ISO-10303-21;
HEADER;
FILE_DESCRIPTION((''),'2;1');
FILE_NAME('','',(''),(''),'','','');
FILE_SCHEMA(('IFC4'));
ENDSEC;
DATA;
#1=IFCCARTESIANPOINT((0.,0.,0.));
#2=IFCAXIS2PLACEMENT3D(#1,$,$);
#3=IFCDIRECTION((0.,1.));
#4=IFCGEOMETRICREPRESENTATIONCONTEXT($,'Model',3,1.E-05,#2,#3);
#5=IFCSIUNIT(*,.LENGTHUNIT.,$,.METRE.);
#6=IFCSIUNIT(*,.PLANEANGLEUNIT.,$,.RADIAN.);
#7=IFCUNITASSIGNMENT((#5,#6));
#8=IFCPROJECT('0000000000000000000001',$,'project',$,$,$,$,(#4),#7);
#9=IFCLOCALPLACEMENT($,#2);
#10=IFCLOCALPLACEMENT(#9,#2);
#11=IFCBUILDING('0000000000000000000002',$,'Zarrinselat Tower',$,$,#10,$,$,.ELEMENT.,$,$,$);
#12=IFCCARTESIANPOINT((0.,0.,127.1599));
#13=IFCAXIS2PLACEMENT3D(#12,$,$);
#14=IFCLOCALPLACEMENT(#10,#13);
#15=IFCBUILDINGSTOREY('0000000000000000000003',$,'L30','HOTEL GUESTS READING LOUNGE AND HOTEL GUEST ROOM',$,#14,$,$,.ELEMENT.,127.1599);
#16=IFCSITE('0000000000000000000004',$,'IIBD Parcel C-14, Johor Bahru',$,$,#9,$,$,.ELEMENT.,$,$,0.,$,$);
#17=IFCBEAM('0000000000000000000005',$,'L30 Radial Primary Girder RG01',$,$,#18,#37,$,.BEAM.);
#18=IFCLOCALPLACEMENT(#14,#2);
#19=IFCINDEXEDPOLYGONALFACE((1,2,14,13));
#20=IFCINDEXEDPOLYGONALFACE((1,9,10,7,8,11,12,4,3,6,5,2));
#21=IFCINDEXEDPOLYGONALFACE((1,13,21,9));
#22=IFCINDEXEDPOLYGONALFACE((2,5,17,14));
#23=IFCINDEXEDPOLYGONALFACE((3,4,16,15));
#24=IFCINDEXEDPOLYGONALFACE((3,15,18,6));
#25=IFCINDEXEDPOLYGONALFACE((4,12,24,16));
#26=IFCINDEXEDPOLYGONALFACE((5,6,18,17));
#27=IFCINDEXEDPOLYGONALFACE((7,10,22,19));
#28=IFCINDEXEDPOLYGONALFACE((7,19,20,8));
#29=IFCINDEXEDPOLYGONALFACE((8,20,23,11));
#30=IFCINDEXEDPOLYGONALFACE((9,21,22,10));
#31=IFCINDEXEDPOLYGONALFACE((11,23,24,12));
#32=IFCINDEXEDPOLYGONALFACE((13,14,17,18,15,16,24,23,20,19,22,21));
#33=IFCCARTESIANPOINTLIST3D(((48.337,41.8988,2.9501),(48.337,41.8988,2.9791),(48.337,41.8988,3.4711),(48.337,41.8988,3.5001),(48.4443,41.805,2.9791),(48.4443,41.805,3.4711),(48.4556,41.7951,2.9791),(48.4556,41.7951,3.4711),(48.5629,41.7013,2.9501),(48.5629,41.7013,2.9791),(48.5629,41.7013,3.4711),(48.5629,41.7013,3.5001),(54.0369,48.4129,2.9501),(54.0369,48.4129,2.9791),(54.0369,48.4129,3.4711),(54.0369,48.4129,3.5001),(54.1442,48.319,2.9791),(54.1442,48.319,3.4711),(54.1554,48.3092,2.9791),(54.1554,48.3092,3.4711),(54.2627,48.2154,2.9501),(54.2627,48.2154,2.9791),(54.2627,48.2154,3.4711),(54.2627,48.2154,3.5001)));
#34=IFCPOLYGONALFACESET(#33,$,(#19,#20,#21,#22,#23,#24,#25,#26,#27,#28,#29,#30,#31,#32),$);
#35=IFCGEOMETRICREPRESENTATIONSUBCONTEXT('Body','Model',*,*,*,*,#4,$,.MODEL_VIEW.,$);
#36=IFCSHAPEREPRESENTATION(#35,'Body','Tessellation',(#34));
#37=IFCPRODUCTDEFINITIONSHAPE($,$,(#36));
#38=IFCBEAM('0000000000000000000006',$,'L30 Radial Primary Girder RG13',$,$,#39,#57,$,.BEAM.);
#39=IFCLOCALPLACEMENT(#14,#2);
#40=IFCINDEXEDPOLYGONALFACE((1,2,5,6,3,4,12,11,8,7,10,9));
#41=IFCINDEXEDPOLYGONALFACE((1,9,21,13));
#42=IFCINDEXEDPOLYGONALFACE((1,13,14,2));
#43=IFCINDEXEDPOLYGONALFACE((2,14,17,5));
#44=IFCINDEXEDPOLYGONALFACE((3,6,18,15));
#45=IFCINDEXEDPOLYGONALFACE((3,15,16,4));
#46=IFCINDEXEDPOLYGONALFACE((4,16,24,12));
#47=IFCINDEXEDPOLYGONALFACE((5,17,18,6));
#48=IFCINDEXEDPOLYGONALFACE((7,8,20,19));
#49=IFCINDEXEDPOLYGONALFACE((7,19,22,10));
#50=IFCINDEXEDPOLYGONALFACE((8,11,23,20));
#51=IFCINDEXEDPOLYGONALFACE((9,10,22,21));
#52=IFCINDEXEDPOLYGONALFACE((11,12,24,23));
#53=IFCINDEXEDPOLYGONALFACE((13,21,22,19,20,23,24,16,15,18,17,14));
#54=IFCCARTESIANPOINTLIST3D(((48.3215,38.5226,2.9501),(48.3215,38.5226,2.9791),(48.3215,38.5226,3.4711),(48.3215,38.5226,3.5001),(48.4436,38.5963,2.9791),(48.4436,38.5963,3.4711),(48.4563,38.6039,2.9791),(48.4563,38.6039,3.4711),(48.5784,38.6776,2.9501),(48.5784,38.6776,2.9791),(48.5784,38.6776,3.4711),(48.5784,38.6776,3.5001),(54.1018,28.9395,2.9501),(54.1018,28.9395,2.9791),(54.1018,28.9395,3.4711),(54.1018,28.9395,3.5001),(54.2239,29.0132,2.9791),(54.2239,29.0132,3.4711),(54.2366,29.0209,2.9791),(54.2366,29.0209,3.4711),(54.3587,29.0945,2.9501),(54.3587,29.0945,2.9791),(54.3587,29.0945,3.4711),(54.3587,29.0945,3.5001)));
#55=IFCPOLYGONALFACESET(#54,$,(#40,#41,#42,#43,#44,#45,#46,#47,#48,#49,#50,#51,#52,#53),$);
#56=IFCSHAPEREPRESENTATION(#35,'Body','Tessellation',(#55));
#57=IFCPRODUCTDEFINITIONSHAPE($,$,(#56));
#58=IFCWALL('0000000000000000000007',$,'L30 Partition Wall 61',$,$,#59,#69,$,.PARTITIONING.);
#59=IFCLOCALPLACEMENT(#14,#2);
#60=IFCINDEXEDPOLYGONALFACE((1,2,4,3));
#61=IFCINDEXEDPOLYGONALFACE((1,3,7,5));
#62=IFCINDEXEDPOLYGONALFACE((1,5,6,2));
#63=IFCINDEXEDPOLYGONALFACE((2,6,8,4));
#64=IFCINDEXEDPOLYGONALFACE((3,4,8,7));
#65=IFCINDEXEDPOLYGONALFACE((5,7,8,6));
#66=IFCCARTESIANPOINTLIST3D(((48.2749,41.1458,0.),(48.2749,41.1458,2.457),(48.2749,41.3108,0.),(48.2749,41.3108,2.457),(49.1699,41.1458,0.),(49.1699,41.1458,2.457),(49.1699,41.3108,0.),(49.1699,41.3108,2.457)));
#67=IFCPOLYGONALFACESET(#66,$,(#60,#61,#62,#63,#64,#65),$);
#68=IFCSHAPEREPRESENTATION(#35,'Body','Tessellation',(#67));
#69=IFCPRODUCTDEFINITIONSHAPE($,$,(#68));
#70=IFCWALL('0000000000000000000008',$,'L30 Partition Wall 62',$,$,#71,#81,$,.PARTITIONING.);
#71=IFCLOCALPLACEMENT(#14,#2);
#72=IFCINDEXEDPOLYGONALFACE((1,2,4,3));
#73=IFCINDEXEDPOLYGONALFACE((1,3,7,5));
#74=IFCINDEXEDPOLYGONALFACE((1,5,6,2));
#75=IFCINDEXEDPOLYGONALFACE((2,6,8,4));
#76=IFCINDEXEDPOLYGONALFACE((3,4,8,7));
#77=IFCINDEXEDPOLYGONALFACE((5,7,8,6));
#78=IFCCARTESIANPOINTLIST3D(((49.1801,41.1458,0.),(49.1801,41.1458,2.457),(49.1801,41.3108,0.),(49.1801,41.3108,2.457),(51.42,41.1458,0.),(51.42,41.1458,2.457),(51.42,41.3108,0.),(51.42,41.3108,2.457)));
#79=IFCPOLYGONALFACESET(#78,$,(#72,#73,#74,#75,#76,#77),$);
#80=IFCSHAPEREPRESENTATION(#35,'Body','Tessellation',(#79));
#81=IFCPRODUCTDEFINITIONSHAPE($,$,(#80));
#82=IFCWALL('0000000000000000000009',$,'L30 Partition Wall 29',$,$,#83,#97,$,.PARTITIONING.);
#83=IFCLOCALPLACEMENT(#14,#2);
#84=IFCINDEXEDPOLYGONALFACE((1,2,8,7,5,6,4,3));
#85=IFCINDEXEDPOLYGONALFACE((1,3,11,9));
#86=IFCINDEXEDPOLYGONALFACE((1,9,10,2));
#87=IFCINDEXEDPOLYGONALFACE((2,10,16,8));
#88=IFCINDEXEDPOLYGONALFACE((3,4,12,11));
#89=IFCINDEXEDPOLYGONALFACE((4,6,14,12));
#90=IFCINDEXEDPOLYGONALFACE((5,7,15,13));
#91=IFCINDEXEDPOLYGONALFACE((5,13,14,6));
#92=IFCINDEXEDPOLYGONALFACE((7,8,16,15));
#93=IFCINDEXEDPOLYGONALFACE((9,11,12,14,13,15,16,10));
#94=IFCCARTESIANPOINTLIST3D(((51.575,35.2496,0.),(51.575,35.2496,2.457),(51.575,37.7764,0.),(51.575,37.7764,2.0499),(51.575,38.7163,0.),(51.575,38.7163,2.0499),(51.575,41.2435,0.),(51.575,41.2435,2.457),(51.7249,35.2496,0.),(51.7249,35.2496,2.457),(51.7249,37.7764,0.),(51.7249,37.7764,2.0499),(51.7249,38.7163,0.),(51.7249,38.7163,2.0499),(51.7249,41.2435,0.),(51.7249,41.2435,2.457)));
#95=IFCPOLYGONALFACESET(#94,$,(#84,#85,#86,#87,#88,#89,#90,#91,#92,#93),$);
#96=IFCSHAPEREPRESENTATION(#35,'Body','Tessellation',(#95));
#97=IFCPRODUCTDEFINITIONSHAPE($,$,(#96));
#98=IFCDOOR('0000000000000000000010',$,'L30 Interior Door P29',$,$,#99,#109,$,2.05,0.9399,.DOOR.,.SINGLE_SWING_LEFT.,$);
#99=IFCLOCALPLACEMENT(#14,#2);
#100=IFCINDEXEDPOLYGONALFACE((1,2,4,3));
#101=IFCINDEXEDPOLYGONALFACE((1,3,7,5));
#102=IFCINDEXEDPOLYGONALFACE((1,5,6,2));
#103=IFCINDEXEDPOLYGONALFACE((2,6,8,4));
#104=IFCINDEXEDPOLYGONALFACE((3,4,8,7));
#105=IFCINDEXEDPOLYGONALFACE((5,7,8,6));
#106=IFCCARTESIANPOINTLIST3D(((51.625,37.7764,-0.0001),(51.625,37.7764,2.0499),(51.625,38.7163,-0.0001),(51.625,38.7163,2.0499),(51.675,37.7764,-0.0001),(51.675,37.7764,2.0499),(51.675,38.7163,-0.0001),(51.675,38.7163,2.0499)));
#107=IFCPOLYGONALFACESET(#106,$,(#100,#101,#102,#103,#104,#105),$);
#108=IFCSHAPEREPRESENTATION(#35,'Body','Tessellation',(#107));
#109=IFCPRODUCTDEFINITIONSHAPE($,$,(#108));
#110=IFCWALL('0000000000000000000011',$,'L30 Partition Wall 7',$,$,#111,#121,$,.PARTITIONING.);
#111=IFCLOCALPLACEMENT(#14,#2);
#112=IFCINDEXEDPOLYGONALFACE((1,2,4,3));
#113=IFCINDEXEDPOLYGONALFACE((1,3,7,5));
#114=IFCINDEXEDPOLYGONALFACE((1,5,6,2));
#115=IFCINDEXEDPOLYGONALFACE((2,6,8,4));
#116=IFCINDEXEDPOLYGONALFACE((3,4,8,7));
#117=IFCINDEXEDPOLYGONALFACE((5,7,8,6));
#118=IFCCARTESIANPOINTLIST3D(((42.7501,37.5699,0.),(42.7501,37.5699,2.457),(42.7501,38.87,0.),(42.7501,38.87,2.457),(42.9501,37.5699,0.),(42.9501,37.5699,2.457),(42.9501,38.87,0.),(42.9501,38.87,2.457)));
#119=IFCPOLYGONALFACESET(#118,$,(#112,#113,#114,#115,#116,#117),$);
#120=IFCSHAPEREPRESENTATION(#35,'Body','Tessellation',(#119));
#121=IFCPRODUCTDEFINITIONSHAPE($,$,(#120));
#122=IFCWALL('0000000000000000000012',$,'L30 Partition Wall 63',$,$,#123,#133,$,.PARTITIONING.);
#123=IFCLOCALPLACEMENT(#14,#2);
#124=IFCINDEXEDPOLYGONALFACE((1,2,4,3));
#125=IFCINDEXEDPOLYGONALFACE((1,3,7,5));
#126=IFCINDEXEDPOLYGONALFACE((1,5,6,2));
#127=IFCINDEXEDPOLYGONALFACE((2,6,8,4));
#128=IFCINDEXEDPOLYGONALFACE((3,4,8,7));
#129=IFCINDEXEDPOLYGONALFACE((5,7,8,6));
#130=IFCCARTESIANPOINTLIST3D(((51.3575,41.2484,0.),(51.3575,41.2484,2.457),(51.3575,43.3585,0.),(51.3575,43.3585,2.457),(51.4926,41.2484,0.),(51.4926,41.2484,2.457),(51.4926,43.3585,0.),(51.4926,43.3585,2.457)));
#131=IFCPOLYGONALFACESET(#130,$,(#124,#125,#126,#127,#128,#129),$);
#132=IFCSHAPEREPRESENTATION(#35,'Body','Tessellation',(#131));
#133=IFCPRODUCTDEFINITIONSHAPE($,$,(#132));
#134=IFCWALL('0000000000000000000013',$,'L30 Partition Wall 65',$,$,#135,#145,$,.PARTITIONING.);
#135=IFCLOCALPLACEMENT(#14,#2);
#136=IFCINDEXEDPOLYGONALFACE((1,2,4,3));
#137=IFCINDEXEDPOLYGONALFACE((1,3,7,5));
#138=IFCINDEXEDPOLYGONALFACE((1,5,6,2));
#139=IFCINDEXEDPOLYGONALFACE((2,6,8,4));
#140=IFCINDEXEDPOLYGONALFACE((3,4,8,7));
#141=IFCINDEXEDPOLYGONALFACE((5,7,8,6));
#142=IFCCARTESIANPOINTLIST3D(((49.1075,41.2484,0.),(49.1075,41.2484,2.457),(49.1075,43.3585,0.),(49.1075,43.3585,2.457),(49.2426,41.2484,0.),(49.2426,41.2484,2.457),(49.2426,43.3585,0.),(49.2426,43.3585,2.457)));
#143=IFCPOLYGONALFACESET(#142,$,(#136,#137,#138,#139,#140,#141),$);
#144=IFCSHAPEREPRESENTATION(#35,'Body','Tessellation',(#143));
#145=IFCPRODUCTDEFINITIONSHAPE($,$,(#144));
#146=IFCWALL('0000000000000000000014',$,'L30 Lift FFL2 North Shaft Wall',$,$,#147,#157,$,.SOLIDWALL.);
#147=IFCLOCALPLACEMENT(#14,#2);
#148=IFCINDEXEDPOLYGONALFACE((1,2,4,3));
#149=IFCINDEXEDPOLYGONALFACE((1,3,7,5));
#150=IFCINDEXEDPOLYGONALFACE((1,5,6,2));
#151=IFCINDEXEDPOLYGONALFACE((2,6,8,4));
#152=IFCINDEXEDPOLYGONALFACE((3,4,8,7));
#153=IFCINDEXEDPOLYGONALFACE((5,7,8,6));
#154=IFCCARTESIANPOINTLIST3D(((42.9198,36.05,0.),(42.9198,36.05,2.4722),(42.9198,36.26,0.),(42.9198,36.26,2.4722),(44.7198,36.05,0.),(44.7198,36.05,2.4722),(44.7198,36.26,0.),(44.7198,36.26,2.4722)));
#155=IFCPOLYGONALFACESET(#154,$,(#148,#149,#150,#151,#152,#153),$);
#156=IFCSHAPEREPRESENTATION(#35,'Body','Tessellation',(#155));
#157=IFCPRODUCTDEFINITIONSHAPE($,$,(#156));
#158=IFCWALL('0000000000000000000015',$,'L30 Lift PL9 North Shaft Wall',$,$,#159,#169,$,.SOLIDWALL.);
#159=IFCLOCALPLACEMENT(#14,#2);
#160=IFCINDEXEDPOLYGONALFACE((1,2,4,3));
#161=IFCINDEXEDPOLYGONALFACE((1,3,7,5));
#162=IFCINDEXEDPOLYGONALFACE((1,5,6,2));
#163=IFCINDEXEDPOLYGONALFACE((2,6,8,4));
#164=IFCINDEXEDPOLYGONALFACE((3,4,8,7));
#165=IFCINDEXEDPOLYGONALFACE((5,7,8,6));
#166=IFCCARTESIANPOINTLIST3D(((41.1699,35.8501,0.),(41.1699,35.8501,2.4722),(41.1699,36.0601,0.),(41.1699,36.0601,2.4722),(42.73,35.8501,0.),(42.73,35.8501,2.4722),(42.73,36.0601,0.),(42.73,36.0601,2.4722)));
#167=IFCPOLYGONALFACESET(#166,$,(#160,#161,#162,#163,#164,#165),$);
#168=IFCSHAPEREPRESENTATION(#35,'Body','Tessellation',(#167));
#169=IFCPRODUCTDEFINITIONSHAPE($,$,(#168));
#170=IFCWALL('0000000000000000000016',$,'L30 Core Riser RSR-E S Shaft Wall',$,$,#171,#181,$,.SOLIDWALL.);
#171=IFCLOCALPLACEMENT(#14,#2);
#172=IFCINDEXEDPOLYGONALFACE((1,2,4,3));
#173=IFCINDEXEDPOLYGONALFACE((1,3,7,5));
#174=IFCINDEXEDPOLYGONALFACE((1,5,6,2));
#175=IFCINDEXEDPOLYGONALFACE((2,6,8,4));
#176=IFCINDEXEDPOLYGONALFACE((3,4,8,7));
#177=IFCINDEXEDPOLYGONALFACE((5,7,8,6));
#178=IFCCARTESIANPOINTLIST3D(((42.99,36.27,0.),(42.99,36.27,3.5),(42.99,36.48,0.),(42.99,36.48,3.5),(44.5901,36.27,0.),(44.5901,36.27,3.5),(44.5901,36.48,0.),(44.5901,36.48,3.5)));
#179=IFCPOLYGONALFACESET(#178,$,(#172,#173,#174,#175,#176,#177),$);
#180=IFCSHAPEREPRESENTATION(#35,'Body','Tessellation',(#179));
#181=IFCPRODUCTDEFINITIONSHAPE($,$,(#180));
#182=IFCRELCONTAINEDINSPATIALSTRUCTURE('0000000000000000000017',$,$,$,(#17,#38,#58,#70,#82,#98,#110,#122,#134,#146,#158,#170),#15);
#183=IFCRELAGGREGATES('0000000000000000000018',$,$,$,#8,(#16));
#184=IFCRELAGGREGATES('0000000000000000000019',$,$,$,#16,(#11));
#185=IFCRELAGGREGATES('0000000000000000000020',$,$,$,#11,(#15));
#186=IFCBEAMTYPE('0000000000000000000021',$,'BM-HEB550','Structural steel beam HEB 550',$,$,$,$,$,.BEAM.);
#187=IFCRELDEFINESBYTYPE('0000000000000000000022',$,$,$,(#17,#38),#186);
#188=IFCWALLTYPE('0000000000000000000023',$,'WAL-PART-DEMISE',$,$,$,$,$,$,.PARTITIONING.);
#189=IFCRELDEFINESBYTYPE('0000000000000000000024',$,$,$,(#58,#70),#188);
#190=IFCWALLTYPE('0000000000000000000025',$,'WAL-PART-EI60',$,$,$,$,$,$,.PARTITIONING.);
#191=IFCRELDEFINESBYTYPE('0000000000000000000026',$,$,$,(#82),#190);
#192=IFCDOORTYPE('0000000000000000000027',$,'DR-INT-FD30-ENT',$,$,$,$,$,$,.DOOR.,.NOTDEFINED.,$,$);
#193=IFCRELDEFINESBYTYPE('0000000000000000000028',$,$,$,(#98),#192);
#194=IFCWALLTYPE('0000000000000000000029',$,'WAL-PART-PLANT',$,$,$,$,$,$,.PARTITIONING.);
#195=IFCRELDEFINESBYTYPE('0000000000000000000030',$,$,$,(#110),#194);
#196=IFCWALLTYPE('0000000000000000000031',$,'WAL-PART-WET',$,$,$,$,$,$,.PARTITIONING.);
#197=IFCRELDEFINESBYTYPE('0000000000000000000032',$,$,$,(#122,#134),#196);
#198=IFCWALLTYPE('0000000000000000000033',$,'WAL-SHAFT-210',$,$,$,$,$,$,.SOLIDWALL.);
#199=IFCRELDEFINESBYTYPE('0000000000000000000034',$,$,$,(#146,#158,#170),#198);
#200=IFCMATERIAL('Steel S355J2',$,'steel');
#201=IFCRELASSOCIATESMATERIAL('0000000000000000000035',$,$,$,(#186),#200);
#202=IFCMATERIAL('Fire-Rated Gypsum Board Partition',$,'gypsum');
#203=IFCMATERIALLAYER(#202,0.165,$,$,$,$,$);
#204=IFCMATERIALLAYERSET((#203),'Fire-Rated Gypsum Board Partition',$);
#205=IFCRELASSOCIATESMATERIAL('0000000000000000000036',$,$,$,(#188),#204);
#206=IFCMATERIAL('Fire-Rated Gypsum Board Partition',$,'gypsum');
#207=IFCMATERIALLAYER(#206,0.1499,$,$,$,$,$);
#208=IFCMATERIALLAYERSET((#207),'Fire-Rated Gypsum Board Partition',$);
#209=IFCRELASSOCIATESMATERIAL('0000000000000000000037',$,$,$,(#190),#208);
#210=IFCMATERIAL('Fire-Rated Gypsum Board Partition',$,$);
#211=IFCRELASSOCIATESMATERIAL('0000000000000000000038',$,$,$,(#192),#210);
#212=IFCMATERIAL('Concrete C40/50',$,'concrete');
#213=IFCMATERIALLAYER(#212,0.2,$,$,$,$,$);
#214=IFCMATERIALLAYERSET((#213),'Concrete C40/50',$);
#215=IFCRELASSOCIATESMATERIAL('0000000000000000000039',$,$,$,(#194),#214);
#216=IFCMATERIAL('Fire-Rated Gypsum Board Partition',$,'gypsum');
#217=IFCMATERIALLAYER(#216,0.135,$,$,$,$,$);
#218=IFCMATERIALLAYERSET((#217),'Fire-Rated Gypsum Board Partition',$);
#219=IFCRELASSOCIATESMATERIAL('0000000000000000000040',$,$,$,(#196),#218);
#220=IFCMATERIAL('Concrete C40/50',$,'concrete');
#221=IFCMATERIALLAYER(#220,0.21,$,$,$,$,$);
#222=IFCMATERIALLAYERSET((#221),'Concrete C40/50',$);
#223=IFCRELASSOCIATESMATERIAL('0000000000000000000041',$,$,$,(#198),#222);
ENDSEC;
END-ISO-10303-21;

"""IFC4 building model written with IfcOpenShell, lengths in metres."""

from ifc_helpers import new_model, si_unit, direction, frame, frame_2d, origin, origin_2d, place, context, subcontext, project, spatial, rectangle, i_section, extrude, material, layer, layer_set, material_profile, profile_set, type_object, element, fill, save


model = new_model("IFC4")

# Units and contexts
model_context = context("Model", 3, precision=1e-05, world=origin(), true_north=direction((0.0, 1.0)))
body_context = subcontext(model_context, "Body", "Model", "MODEL_VIEW")
ifc_project = project(units=[si_unit("LENGTHUNIT", "METRE"), si_unit("PLANEANGLEUNIT", "RADIAN")], contexts=[model_context])

# Site, building, storey
site_placement = place(None, origin())
site = spatial("IfcSite", under=ifc_project, at=site_placement, Name="IIBD Parcel C-14, Johor Bahru", CompositionType="ELEMENT", RefElevation=0.0)
building_placement = place(site_placement, origin())
building = spatial("IfcBuilding", under=site, at=building_placement, Name="Zarrinselat Tower", CompositionType="ELEMENT")
storey_placement = place(building_placement, frame((0.0, 0.0, 127.1599)))
storey = spatial("IfcBuildingStorey", under=building, at=storey_placement, Name="L30", Description="HOTEL GUESTS READING LOUNGE AND HOTEL GUEST ROOM", CompositionType="ELEMENT", Elevation=127.1599)

# Beams
ifc_material_1 = material(Name="Steel S355J2", Category="steel")
ifc_material_profile = material_profile(ifc_material_1, i_section(OverallWidth=0.3, OverallDepth=0.55, WebThickness=0.0149, FlangeThickness=0.0291, at=origin_2d()), Name="HEB 550")
ifc_profile_set = profile_set([ifc_material_profile], Name="Steel S355J2")
beam_type = type_object("IfcBeamType", Name="BM-HEB550", Description="Structural steel beam HEB 550", PredefinedType="BEAM", material=ifc_profile_set)
beam_1_placement = place(storey_placement, frame((48.45, 41.8, 3.2251), z_axis=(0.658509, 0.752573, 0.0), x_axis=(-0.752573, 0.658509, 0.0)))
element("IfcBeam", 1, at=beam_1_placement, inside=storey, type_object=beam_type, Name="L30 Radial Primary Girder RG01", PredefinedType="BEAM", context=body_context, shape_type="SweptSolid", body=[
    extrude(i_section(OverallWidth=0.3, OverallDepth=0.55, WebThickness=0.0149, FlangeThickness=0.0291, at=origin_2d()), origin(), (0.0, 0.0, 1.0), 8.6558),
])
beam_2_placement = place(storey_placement, frame((48.45, 38.6001, 3.2251), z_axis=(0.516496, -0.856289, 0.0), x_axis=(0.856289, 0.516496, 0.0)))
element("IfcBeam", 2, at=beam_2_placement, inside=storey, type_object=beam_type, Name="L30 Radial Primary Girder RG13", PredefinedType="BEAM", context=body_context, shape_type="SweptSolid", body=[
    extrude(i_section(OverallWidth=0.3, OverallDepth=0.55, WebThickness=0.0149, FlangeThickness=0.0291, at=origin_2d()), origin(), (0.0, 0.0, 1.0), 11.1914),
])

# Walls
ifc_material_2 = material(Name="Fire-Rated Gypsum Board Partition", Category="gypsum")
ifc_layer_1 = layer(ifc_material_2, 0.165)
ifc_layer_set_1 = layer_set([ifc_layer_1], Name="Fire-Rated Gypsum Board Partition")
wall_type_1 = type_object("IfcWallType", Name="WAL-PART-DEMISE", PredefinedType="PARTITIONING", material=ifc_layer_set_1)
wall_1_placement = place(storey_placement, frame((48.2749, 41.2283, 0.0), z_axis=(0.0, 0.0, 1.0), x_axis=(1.0, 0.0, 0.0)))
element("IfcWall", 3, at=wall_1_placement, inside=storey, type_object=wall_type_1, Name="L30 Partition Wall 61", PredefinedType="PARTITIONING", context=body_context, shape_type="SweptSolid", body=[
    extrude(rectangle(XDim=0.895, YDim=0.165, at=frame_2d((0.4475, 0.0))), origin(), (0.0, 0.0, 1.0), 2.457),
])
wall_2_placement = place(storey_placement, frame((49.1799, 41.2283, 0.0), z_axis=(0.0, 0.0, 1.0), x_axis=(1.0, 0.0, 0.0)))
element("IfcWall", 4, at=wall_2_placement, inside=storey, type_object=wall_type_1, Name="L30 Partition Wall 62", PredefinedType="PARTITIONING", context=body_context, shape_type="SweptSolid", body=[
    extrude(rectangle(XDim=2.24, YDim=0.165, at=frame_2d((1.1201, 0.0))), origin(), (0.0, 0.0, 1.0), 2.457),
])

# Wall, opening, door
ifc_material_3 = material(Name="Fire-Rated Gypsum Board Partition", Category="gypsum")
ifc_layer_2 = layer(ifc_material_3, 0.1499)
ifc_layer_set_2 = layer_set([ifc_layer_2], Name="Fire-Rated Gypsum Board Partition")
wall_type_2 = type_object("IfcWallType", Name="WAL-PART-EI60", PredefinedType="PARTITIONING", material=ifc_layer_set_2)
wall_3_placement = place(storey_placement, frame((51.6499, 35.2495, 0.0), z_axis=(0.0, 0.0, 1.0), x_axis=(0.0, 1.0, 0.0)))
wall_3 = element("IfcWall", 5, at=wall_3_placement, inside=storey, type_object=wall_type_2, Name="L30 Partition Wall 29", PredefinedType="PARTITIONING", context=body_context, shape_type="SweptSolid", body=[
    extrude(rectangle(XDim=5.9939, YDim=0.1499, at=frame_2d((2.9971, 0.0))), origin(), (0.0, 0.0, 1.0), 2.457),
])
opening_placement = place(wall_3_placement, frame((2.5269, 0.0, 0.0)))
opening = element("IfcOpeningElement", 6, at=opening_placement, cuts=wall_3, PredefinedType="OPENING", context=body_context, shape_type="SweptSolid", body=[
    extrude(rectangle(XDim=0.9399, YDim=2.05, at=frame_2d((0.47, 1.0249))), frame((0.0, 0.085, 0.0), z_axis=(0.0, -1.0, 0.0), x_axis=(1.0, 0.0, 0.0)), (0.0, 0.0, 1.0), 0.1699),
])
ifc_material_4 = material(Name="Fire-Rated Gypsum Board Partition")
door_type = type_object("IfcDoorType", Name="DR-INT-FD30-ENT", OperationType="NOTDEFINED", PredefinedType="DOOR", material=ifc_material_4)
door_placement = place(opening_placement, origin())
door = element("IfcDoor", 7, at=door_placement, inside=storey, type_object=door_type, Name="L30 Interior Door P29", OperationType="SINGLE_SWING_LEFT", OverallHeight=2.05, OverallWidth=0.9399, PredefinedType="DOOR", context=body_context, shape_type="SweptSolid", body=[
    extrude(rectangle(XDim=0.9399, YDim=2.05, at=frame_2d((0.47, 1.0249))), frame((0.0, 0.0249, 0.0), z_axis=(0.0, -1.0, 0.0), x_axis=(1.0, 0.0, 0.0)), (0.0, 0.0, 1.0), 0.05),
])
fill(opening, door)

# Walls
ifc_material_5 = material(Name="Concrete C40/50", Category="concrete")
ifc_layer_3 = layer(ifc_material_5, 0.2)
ifc_layer_set_3 = layer_set([ifc_layer_3], Name="Concrete C40/50")
wall_type_3 = type_object("IfcWallType", Name="WAL-PART-PLANT", PredefinedType="PARTITIONING", material=ifc_layer_set_3)
wall_4_placement = place(storey_placement, frame((42.8501, 37.5701, 0.0), z_axis=(0.0, 0.0, 1.0), x_axis=(0.0, 1.0, 0.0)))
element("IfcWall", 8, at=wall_4_placement, inside=storey, type_object=wall_type_3, Name="L30 Partition Wall 7", PredefinedType="PARTITIONING", context=body_context, shape_type="SweptSolid", body=[
    extrude(rectangle(XDim=1.3, YDim=0.2, at=frame_2d((0.6499, 0.0))), origin(), (0.0, 0.0, 1.0), 2.457),
])
ifc_material_6 = material(Name="Fire-Rated Gypsum Board Partition", Category="gypsum")
ifc_layer_4 = layer(ifc_material_6, 0.135)
ifc_layer_set_4 = layer_set([ifc_layer_4], Name="Fire-Rated Gypsum Board Partition")
wall_type_4 = type_object("IfcWallType", Name="WAL-PART-WET", PredefinedType="PARTITIONING", material=ifc_layer_set_4)
for number, where, z_axis, x_axis, name in (
    (9, (51.425, 41.2483, 0.0), (0.0, 0.0, 1.0), (0.0, 1.0, 0.0), "L30 Partition Wall 63"),
    (10, (49.175, 41.2483, 0.0), (0.0, 0.0, 1.0), (0.0, 1.0, 0.0), "L30 Partition Wall 65"),
):
    element("IfcWall", number, at=place(storey_placement, frame(where, z_axis=z_axis, x_axis=x_axis)), inside=storey, type_object=wall_type_4, Name=name, PredefinedType="PARTITIONING", context=body_context, shape_type="SweptSolid", body=[
        extrude(rectangle(XDim=2.1101, YDim=0.135, at=frame_2d((1.0552, 0.0))), origin(), (0.0, 0.0, 1.0), 2.457),
    ])
ifc_material_7 = material(Name="Concrete C40/50", Category="concrete")
ifc_layer_5 = layer(ifc_material_7, 0.21)
ifc_layer_set_5 = layer_set([ifc_layer_5], Name="Concrete C40/50")
wall_type_5 = type_object("IfcWallType", Name="WAL-SHAFT-210", PredefinedType="SOLIDWALL", material=ifc_layer_set_5)
wall_5_placement = place(storey_placement, frame((42.9199, 36.155, 0.0), z_axis=(0.0, 0.0, 1.0), x_axis=(1.0, 0.0, 0.0)))
element("IfcWall", 11, at=wall_5_placement, inside=storey, type_object=wall_type_5, Name="L30 Lift FFL2 North Shaft Wall", PredefinedType="SOLIDWALL", context=body_context, shape_type="SweptSolid", body=[
    extrude(rectangle(XDim=1.8, YDim=0.21, at=frame_2d((0.8999, 0.0))), origin(), (0.0, 0.0, 1.0), 2.4722),
])
wall_6_placement = place(storey_placement, frame((41.1699, 35.9551, 0.0), z_axis=(0.0, 0.0, 1.0), x_axis=(1.0, 0.0, 0.0)))
element("IfcWall", 12, at=wall_6_placement, inside=storey, type_object=wall_type_5, Name="L30 Lift PL9 North Shaft Wall", PredefinedType="SOLIDWALL", context=body_context, shape_type="SweptSolid", body=[
    extrude(rectangle(XDim=1.5601, YDim=0.21, at=frame_2d((0.78, 0.0))), origin(), (0.0, 0.0, 1.0), 2.4722),
])
for number, where, z_axis, x_axis, name in (
    (13, (42.99, 36.375, 0.0), (0.0, 0.0, 1.0), (1.0, 0.0, 0.0), "L30 Core Riser RSR-E S Shaft Wall"),
):
    element("IfcWall", number, at=place(storey_placement, frame(where, z_axis=z_axis, x_axis=x_axis)), inside=storey, type_object=wall_type_5, Name=name, PredefinedType="SOLIDWALL", context=body_context, shape_type="SweptSolid", body=[
        extrude(rectangle(XDim=1.6001, YDim=0.21, at=frame_2d((0.8, 0.0))), origin(), (0.0, 0.0, 1.0), 3.5),
    ])

save(model, "model.ifc")
